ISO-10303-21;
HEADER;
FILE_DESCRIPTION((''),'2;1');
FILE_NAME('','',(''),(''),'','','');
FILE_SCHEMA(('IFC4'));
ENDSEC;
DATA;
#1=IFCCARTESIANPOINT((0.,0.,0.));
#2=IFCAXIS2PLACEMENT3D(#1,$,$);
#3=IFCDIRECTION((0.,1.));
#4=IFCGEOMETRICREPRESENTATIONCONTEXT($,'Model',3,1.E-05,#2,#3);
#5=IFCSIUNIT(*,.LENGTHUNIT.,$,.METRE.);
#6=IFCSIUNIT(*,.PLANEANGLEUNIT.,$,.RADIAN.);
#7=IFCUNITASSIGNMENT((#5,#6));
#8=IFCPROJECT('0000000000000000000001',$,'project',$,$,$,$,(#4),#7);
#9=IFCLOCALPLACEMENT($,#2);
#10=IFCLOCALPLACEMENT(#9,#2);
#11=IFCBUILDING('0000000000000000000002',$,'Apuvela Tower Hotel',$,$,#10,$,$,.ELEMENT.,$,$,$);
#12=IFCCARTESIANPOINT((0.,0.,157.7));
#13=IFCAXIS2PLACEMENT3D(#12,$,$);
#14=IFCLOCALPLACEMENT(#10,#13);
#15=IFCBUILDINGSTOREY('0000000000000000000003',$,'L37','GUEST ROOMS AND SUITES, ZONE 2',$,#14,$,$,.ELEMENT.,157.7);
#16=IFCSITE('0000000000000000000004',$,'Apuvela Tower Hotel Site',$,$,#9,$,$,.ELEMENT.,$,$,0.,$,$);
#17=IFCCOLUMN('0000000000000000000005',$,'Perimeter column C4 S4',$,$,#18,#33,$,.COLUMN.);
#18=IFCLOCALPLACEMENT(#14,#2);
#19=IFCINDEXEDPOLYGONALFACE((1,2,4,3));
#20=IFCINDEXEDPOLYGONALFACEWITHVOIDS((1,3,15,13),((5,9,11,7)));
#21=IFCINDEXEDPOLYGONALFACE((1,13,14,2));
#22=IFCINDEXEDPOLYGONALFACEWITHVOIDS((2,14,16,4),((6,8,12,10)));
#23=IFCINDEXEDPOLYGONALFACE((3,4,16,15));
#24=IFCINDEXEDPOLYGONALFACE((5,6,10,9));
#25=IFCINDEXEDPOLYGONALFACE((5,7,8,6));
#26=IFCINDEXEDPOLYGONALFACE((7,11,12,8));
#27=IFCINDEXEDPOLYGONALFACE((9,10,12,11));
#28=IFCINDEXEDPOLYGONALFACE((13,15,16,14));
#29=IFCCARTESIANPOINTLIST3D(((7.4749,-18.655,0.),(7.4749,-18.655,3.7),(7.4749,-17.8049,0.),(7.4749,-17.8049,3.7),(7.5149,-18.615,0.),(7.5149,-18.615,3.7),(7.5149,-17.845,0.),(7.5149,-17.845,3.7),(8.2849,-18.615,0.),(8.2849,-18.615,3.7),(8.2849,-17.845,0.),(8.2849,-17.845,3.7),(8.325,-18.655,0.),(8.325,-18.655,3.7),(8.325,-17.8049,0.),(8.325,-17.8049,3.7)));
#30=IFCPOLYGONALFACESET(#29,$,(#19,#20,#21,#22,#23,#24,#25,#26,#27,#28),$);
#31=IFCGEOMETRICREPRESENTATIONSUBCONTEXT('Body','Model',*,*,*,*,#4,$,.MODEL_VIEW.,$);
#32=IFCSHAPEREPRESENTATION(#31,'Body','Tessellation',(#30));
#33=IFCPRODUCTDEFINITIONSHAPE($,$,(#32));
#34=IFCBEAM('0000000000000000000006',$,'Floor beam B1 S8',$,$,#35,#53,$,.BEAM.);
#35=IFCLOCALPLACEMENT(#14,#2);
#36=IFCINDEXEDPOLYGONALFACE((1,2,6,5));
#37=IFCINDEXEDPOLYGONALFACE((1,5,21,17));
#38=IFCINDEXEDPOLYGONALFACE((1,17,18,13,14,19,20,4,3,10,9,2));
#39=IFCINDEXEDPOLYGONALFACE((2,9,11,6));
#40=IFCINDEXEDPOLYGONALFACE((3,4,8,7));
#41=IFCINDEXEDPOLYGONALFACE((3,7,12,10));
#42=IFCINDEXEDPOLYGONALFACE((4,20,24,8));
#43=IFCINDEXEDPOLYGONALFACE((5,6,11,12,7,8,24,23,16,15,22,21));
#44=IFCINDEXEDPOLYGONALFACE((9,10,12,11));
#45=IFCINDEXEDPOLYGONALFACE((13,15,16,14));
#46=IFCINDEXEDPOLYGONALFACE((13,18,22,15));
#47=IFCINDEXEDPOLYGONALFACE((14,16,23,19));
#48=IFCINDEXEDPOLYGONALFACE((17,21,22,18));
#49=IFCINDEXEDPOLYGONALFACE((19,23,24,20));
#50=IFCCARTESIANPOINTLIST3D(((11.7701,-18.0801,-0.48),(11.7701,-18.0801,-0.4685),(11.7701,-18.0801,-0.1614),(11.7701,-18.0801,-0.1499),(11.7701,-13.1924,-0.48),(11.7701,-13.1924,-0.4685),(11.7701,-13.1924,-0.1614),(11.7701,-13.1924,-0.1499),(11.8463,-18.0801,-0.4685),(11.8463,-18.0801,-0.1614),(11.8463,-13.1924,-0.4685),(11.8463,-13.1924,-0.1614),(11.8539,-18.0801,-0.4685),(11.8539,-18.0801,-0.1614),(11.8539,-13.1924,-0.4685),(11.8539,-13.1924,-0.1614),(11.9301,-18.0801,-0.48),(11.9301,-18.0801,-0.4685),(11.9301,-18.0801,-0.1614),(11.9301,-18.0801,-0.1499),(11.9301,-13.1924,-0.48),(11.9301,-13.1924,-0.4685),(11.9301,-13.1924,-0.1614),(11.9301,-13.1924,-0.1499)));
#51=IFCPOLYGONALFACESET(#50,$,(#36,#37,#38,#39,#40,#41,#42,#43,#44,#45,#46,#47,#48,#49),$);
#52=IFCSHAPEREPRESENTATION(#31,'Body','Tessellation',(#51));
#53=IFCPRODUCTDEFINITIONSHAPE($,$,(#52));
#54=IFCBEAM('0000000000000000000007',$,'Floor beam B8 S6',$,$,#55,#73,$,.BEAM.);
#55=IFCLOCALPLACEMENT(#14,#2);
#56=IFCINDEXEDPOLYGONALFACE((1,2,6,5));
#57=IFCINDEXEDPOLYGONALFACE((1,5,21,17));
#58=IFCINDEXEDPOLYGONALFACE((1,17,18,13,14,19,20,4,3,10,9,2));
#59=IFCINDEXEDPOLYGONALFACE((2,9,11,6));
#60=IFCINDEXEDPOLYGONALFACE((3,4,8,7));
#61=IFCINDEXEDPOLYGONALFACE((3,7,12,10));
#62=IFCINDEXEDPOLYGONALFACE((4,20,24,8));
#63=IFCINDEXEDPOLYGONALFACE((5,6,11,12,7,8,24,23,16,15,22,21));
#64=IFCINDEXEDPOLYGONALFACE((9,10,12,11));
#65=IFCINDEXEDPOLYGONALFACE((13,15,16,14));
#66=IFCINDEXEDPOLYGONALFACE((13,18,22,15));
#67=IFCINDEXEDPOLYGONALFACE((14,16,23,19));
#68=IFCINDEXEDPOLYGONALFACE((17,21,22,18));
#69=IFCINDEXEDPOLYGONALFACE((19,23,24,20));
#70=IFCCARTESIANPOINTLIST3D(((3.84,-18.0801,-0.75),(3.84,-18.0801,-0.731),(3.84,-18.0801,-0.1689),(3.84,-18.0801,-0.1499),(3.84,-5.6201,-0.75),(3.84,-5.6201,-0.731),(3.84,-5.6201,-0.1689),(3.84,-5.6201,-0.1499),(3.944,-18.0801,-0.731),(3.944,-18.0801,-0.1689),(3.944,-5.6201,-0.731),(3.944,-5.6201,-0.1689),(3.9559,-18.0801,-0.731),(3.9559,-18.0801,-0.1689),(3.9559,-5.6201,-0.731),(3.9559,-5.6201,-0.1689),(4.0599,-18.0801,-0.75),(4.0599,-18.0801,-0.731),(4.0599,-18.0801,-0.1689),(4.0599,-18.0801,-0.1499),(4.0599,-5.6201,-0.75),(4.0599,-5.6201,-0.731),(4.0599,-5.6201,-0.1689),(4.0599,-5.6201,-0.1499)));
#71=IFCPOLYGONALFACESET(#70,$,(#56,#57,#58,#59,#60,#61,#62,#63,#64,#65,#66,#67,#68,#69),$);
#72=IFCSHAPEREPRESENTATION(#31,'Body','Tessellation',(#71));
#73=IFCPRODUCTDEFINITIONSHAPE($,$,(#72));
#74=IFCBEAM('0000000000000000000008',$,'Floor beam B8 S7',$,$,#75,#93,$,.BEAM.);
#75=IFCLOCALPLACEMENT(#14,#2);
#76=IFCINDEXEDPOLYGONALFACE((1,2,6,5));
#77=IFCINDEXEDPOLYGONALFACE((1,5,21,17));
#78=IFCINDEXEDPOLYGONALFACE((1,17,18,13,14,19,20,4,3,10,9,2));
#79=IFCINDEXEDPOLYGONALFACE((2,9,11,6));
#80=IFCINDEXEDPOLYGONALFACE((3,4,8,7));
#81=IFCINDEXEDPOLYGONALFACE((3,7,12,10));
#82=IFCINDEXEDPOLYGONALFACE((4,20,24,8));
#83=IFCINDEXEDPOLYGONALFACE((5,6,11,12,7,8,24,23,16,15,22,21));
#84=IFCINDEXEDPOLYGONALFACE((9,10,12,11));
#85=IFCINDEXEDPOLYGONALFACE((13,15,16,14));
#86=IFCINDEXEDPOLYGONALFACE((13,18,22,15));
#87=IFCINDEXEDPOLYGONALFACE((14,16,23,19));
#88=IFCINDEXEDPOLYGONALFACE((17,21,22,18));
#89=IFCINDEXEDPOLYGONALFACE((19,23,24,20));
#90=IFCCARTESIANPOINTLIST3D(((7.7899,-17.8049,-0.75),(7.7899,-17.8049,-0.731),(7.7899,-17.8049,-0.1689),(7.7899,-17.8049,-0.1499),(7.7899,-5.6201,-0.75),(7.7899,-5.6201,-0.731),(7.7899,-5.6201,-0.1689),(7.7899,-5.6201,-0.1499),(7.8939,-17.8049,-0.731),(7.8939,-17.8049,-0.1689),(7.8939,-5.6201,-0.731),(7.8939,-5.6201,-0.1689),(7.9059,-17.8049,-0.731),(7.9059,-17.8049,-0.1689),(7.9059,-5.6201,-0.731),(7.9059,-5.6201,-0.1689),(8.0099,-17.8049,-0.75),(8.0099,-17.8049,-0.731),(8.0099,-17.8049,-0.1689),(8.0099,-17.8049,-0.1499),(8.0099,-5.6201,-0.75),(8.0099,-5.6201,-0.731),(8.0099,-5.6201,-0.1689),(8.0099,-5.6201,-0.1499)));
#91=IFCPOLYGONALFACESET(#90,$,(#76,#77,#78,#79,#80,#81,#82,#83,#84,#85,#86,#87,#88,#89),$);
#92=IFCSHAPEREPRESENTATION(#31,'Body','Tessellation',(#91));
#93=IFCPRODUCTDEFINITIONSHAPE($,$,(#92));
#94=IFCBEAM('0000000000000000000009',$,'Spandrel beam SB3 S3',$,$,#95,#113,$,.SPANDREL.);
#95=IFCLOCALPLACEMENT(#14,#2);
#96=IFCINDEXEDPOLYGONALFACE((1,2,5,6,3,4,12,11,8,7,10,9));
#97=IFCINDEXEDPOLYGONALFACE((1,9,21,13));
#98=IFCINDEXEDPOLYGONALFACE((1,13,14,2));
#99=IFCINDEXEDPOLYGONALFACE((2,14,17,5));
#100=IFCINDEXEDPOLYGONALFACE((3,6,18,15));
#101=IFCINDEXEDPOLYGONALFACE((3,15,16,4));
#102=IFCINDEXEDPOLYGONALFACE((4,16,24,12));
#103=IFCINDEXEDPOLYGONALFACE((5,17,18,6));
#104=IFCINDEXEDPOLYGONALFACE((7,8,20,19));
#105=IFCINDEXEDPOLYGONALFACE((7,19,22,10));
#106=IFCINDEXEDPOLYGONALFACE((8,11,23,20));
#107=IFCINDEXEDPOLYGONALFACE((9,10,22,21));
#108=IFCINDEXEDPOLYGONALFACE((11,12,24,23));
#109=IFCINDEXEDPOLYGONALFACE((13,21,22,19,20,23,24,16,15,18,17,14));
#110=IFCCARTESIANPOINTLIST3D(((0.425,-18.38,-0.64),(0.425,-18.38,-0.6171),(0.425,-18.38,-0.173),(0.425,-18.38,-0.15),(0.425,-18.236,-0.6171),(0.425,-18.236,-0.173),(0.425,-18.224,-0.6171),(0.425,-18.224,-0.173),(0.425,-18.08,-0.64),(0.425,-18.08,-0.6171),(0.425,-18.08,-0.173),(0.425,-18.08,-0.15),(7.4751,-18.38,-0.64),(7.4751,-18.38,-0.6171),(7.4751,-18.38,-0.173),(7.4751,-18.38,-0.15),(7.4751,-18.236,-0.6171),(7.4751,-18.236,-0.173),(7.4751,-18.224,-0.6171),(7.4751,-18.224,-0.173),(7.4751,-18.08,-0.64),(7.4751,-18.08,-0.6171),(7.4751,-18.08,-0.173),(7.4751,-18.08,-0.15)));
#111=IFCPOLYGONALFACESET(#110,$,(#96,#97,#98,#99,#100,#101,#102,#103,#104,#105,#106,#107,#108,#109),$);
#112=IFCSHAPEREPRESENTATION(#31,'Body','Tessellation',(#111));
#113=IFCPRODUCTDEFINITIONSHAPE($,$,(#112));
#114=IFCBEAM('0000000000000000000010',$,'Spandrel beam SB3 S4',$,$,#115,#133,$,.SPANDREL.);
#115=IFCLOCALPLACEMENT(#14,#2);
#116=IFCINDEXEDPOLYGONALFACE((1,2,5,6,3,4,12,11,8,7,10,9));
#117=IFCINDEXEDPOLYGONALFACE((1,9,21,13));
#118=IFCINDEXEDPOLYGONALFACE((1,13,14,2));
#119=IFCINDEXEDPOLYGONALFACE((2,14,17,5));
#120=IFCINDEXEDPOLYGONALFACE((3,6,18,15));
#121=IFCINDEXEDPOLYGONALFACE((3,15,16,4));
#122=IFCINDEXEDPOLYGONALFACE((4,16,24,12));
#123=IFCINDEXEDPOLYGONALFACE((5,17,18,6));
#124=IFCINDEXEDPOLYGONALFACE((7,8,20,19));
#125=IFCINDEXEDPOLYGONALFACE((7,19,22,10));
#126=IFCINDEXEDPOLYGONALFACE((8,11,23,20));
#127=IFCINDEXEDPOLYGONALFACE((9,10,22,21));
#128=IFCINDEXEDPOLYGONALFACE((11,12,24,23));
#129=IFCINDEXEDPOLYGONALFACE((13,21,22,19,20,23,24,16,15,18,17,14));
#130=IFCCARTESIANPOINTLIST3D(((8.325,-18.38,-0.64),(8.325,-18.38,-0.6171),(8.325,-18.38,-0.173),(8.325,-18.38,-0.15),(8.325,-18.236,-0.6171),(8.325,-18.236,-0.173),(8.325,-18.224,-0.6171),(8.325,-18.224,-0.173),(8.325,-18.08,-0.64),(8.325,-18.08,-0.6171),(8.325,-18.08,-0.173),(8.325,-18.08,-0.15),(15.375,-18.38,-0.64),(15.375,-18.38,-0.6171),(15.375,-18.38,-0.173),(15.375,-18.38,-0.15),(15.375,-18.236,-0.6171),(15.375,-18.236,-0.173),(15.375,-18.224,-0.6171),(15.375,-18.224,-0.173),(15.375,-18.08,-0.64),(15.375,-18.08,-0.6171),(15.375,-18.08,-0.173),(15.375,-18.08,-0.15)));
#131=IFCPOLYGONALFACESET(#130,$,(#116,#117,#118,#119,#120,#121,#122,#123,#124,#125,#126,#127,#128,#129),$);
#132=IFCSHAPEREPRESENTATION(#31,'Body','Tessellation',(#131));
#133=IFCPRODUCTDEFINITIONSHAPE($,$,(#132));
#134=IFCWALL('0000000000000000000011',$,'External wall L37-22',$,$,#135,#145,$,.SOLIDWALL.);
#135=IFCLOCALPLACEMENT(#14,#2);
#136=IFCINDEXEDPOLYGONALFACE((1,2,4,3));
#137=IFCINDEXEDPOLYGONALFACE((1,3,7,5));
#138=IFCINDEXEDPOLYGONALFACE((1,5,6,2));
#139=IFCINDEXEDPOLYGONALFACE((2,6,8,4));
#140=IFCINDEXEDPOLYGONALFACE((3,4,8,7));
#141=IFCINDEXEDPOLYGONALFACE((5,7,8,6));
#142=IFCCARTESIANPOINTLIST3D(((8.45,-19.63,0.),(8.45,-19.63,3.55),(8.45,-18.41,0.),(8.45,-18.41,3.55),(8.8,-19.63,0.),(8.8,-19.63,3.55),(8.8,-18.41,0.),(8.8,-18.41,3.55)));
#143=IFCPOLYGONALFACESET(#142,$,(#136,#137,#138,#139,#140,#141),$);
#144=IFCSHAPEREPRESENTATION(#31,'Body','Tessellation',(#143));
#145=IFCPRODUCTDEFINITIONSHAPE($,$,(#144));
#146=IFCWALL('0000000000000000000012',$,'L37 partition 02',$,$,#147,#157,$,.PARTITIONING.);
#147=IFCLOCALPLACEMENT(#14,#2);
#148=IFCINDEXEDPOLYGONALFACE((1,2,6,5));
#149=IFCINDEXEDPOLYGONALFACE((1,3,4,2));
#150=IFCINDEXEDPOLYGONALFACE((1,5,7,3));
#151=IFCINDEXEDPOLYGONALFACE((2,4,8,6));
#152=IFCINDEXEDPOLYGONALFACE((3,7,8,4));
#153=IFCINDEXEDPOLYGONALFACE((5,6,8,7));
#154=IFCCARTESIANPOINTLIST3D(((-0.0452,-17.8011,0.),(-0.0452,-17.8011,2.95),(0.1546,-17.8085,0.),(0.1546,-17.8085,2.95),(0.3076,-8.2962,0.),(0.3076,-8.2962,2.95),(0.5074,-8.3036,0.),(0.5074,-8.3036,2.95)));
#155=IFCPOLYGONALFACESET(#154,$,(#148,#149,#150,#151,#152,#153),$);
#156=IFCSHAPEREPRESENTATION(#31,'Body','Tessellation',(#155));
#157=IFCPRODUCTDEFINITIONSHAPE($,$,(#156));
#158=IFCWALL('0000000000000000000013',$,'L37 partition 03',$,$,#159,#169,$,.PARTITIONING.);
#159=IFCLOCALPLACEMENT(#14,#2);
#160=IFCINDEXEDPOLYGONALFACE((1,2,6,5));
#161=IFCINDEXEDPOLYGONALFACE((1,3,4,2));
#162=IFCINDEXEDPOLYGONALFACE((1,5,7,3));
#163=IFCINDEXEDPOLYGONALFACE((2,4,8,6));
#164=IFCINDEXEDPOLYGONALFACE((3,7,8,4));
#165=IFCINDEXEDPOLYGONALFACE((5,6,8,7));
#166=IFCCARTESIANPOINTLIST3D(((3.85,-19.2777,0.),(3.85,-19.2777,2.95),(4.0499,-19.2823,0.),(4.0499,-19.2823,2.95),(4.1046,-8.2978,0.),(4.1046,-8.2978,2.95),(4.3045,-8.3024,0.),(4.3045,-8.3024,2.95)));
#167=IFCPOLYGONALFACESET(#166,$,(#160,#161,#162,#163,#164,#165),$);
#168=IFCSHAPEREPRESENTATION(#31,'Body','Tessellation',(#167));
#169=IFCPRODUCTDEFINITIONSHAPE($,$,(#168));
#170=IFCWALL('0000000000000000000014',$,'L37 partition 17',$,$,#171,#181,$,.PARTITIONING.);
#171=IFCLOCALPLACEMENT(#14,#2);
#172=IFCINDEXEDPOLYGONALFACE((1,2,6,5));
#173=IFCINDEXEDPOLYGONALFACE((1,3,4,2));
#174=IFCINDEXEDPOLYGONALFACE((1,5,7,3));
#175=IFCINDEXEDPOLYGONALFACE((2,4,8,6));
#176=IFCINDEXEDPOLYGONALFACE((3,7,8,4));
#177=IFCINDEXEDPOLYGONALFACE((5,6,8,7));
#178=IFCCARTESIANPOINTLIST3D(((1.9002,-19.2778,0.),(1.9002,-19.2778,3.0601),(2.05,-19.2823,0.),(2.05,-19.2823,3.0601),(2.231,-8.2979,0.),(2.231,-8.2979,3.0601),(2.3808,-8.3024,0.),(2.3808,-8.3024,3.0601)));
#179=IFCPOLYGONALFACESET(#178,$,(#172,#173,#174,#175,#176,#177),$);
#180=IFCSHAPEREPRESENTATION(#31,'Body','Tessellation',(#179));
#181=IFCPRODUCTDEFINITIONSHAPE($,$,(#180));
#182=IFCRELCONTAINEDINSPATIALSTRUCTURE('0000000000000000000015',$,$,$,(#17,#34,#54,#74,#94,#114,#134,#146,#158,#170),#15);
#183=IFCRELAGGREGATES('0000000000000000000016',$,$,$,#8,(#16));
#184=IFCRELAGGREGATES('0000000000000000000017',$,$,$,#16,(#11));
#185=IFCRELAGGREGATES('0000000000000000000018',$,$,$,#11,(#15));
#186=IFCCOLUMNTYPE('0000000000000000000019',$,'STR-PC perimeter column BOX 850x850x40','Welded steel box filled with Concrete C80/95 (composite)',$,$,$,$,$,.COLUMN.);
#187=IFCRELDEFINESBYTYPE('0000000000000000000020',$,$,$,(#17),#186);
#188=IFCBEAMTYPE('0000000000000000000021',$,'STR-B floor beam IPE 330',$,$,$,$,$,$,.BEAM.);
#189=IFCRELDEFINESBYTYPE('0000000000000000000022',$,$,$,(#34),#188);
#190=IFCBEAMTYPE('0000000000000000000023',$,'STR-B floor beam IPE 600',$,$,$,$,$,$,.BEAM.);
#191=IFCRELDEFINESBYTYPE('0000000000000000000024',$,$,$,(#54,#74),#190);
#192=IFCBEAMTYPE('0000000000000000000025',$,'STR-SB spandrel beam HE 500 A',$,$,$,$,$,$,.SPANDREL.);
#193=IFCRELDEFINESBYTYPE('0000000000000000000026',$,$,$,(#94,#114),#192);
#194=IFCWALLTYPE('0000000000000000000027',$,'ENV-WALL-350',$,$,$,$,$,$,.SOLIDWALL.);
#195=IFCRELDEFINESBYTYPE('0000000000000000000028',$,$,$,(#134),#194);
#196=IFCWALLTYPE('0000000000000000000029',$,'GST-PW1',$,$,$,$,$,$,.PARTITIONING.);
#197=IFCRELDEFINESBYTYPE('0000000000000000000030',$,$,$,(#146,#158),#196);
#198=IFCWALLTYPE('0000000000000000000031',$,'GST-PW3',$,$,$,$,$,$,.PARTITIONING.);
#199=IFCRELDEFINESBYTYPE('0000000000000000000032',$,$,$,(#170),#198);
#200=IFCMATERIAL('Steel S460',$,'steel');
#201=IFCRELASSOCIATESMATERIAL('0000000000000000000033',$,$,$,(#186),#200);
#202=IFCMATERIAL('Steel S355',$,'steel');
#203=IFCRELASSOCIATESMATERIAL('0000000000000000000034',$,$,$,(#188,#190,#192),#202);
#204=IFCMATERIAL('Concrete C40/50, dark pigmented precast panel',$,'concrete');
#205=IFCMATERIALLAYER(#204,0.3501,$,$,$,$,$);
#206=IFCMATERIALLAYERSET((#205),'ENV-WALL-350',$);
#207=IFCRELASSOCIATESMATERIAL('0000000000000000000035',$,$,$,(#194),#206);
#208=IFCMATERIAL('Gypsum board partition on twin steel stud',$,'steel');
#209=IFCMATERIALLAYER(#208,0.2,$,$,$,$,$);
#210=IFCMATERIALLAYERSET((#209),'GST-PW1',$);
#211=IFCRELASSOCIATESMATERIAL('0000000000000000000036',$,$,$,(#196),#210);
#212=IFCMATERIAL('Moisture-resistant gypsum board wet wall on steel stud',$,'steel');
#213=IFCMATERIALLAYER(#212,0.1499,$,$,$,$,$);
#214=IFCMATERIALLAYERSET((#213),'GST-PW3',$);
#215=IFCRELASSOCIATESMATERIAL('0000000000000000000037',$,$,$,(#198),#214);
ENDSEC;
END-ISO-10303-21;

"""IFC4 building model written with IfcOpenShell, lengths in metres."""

from ifc_helpers import new_model, si_unit, direction, frame, frame_2d, origin, origin_2d, place, context, subcontext, project, spatial, rectangle, hollow_rectangle, i_section, extrude, material, layer, layer_set, material_profile, profile_set, type_object, element, save


model = new_model("IFC4")

# Units and contexts
model_context = context("Model", 3, precision=1e-05, world=origin(), true_north=direction((0.0, 1.0)))
body_context = subcontext(model_context, "Body", "Model", "MODEL_VIEW")
ifc_project = project(units=[si_unit("LENGTHUNIT", "METRE"), si_unit("PLANEANGLEUNIT", "RADIAN")], contexts=[model_context])

# Site, building, storey
site_placement = place(None, origin())
site = spatial("IfcSite", under=ifc_project, at=site_placement, Name="Apuvela Tower Hotel Site", CompositionType="ELEMENT", RefElevation=0.0)
building_placement = place(site_placement, origin())
building = spatial("IfcBuilding", under=site, at=building_placement, Name="Apuvela Tower Hotel", CompositionType="ELEMENT")
storey_placement = place(building_placement, frame((0.0, 0.0, 157.7)))
storey = spatial("IfcBuildingStorey", under=building, at=storey_placement, Name="L37", Description="GUEST ROOMS AND SUITES, ZONE 2", CompositionType="ELEMENT", Elevation=157.7)

# Column
ifc_material_1 = material(Name="Steel S460", Category="steel")
ifc_material_profile_1 = material_profile(ifc_material_1, hollow_rectangle(XDim=0.8501, YDim=0.8501, WallThickness=0.04, at=origin_2d()), Name="BOX 850x850x40")
ifc_material_2 = material(Name="Concrete C80/95", Category="concrete")
ifc_material_profile_2 = material_profile(ifc_material_2, rectangle(XDim=0.77, YDim=0.77, at=origin_2d()), Name="Concrete C80/95 infill")
ifc_profile_set_1 = profile_set([ifc_material_profile_1, ifc_material_profile_2], Name="Steel S460")
column_type = type_object("IfcColumnType", Name="STR-PC perimeter column BOX 850x850x40", Description="Welded steel box filled with Concrete C80/95 (composite)", PredefinedType="COLUMN", material=ifc_profile_set_1)
column_placement = place(storey_placement, frame((7.8999, -18.23, 0.0), z_axis=(0.0, 0.0, 1.0), x_axis=(-1.0, 0.0, 0.0)))
element("IfcColumn", 1, at=column_placement, inside=storey, type_object=column_type, Name="Perimeter column C4 S4", PredefinedType="COLUMN", context=body_context, shape_type="SweptSolid", body=[
    extrude(hollow_rectangle(XDim=0.8501, YDim=0.8501, WallThickness=0.04, at=origin_2d()), origin(), (0.0, 0.0, 1.0), 3.7),
])

# Beams
ifc_material_3 = material(Name="Steel S355", Category="steel")
ifc_material_profile_3 = material_profile(ifc_material_3, i_section(OverallWidth=0.1599, OverallDepth=0.3301, WebThickness=0.0076, FlangeThickness=0.0115, at=origin_2d()), Name="IPE 330")
ifc_profile_set_2 = profile_set([ifc_material_profile_3], Name="Steel S355")
beam_type_1 = type_object("IfcBeamType", Name="STR-B floor beam IPE 330", PredefinedType="BEAM", material=ifc_profile_set_2)
beam_1_placement = place(storey_placement, frame((11.8501, -18.0801, -0.3149), z_axis=(0.0, 1.0, 0.0), x_axis=(-1.0, 0.0, 0.0)))
element("IfcBeam", 2, at=beam_1_placement, inside=storey, type_object=beam_type_1, Name="Floor beam B1 S8", PredefinedType="BEAM", context=body_context, shape_type="SweptSolid", body=[
    extrude(i_section(OverallWidth=0.1599, OverallDepth=0.3301, WebThickness=0.0076, FlangeThickness=0.0115, at=origin_2d()), origin(), (0.0, 0.0, 1.0), 4.8877),
])
ifc_material_profile_4 = material_profile(ifc_material_3, i_section(OverallWidth=0.22, OverallDepth=0.6001, WebThickness=0.012, FlangeThickness=0.019, at=origin_2d()), Name="IPE 600")
ifc_profile_set_3 = profile_set([ifc_material_profile_4], Name="Steel S355")
beam_type_2 = type_object("IfcBeamType", Name="STR-B floor beam IPE 600", PredefinedType="BEAM", material=ifc_profile_set_3)
beam_2_placement = place(storey_placement, frame((3.95, -18.0801, -0.45), z_axis=(0.0, 1.0, 0.0), x_axis=(-1.0, 0.0, 0.0)))
element("IfcBeam", 3, at=beam_2_placement, inside=storey, type_object=beam_type_2, Name="Floor beam B8 S6", PredefinedType="BEAM", context=body_context, shape_type="SweptSolid", body=[
    extrude(i_section(OverallWidth=0.22, OverallDepth=0.6001, WebThickness=0.012, FlangeThickness=0.019, at=origin_2d()), origin(), (0.0, 0.0, 1.0), 12.46),
])
beam_3_placement = place(storey_placement, frame((7.8999, -17.8049, -0.45), z_axis=(0.0, 1.0, 0.0), x_axis=(-1.0, 0.0, 0.0)))
element("IfcBeam", 4, at=beam_3_placement, inside=storey, type_object=beam_type_2, Name="Floor beam B8 S7", PredefinedType="BEAM", context=body_context, shape_type="SweptSolid", body=[
    extrude(i_section(OverallWidth=0.22, OverallDepth=0.6001, WebThickness=0.012, FlangeThickness=0.019, at=origin_2d()), origin(), (0.0, 0.0, 1.0), 12.1848),
])
ifc_material_profile_5 = material_profile(ifc_material_3, i_section(OverallWidth=0.3, OverallDepth=0.49, WebThickness=0.012, FlangeThickness=0.0229, at=origin_2d()), Name="HE 500 A")
ifc_profile_set_4 = profile_set([ifc_material_profile_5], Name="Steel S355")
beam_type_3 = type_object("IfcBeamType", Name="STR-SB spandrel beam HE 500 A", PredefinedType="SPANDREL", material=ifc_profile_set_4)
for number, where, z_axis, x_axis, name in (
    (5, (0.425, -18.23, -0.395), (1.0, 0.0, 0.0), (0.0, 1.0, 0.0), "Spandrel beam SB3 S3"),
    (6, (8.325, -18.23, -0.395), (1.0, 0.0, 0.0), (0.0, 1.0, 0.0), "Spandrel beam SB3 S4"),
):
    element("IfcBeam", number, at=place(storey_placement, frame(where, z_axis=z_axis, x_axis=x_axis)), inside=storey, type_object=beam_type_3, Name=name, PredefinedType="SPANDREL", context=body_context, shape_type="SweptSolid", body=[
        extrude(i_section(OverallWidth=0.3, OverallDepth=0.49, WebThickness=0.012, FlangeThickness=0.0229, at=origin_2d()), origin(), (0.0, 0.0, 1.0), 7.05),
    ])

# Wall
ifc_material_4 = material(Name="Concrete C40/50, dark pigmented precast panel", Category="concrete")
ifc_layer_1 = layer(ifc_material_4, 0.3501)
ifc_layer_set_1 = layer_set([ifc_layer_1], Name="ENV-WALL-350")
wall_type_1 = type_object("IfcWallType", Name="ENV-WALL-350", PredefinedType="SOLIDWALL", material=ifc_layer_set_1)
wall_1_placement = place(storey_placement, frame((8.625, -19.6299, 0.0), z_axis=(0.0, 0.0, 1.0), x_axis=(0.0, 1.0, 0.0)))
element("IfcWall", 7, at=wall_1_placement, inside=storey, type_object=wall_type_1, Name="External wall L37-22", PredefinedType="SOLIDWALL", context=body_context, shape_type="SweptSolid", body=[
    extrude(rectangle(XDim=1.22, YDim=0.3501, at=frame_2d((0.6099, 0.0))), origin(), (0.0, 0.0, 1.0), 3.55),
])

# Walls
ifc_material_5 = material(Name="Gypsum board partition on twin steel stud", Category="steel")
ifc_layer_2 = layer(ifc_material_5, 0.2)
ifc_layer_set_2 = layer_set([ifc_layer_2], Name="GST-PW1")
wall_type_2 = type_object("IfcWallType", Name="GST-PW1", PredefinedType="PARTITIONING", material=ifc_layer_set_2)
wall_2_placement = place(storey_placement, frame((0.0547, -17.8049, 0.0), z_axis=(0.0, 0.0, 1.0), x_axis=(0.03709, 0.999312, 0.0)))
element("IfcWall", 8, at=wall_2_placement, inside=storey, type_object=wall_type_2, Name="L37 partition 02", PredefinedType="PARTITIONING", context=body_context, shape_type="SweptSolid", body=[
    extrude(rectangle(XDim=9.5115, YDim=0.2, at=frame_2d((4.7559, 0.0))), origin(), (0.0, 0.0, 1.0), 2.95),
])
wall_3_placement = place(storey_placement, frame((3.95, -19.28, 0.0), z_axis=(0.0, 0.0, 1.0), x_axis=(0.023185, 0.999731, 0.0)))
element("IfcWall", 9, at=wall_3_placement, inside=storey, type_object=wall_type_2, Name="L37 partition 03", PredefinedType="PARTITIONING", context=body_context, shape_type="SweptSolid", body=[
    extrude(rectangle(XDim=10.9829, YDim=0.2, at=frame_2d((5.4915, 0.0))), origin(), (0.0, 0.0, 1.0), 2.95),
])
ifc_material_6 = material(Name="Moisture-resistant gypsum board wet wall on steel stud", Category="steel")
ifc_layer_3 = layer(ifc_material_6, 0.1499)
ifc_layer_set_3 = layer_set([ifc_layer_3], Name="GST-PW3")
wall_type_3 = type_object("IfcWallType", Name="GST-PW3", PredefinedType="PARTITIONING", material=ifc_layer_set_3)
wall_4_placement = place(storey_placement, frame((1.9751, -19.28, 0.0), z_axis=(0.0, 0.0, 1.0), x_axis=(0.030115, 0.999546, 0.0)))
element("IfcWall", 10, at=wall_4_placement, inside=storey, type_object=wall_type_3, Name="L37 partition 17", PredefinedType="PARTITIONING", context=body_context, shape_type="SweptSolid", body=[
    extrude(rectangle(XDim=10.9849, YDim=0.1499, at=frame_2d((5.4924, 0.0))), origin(), (0.0, 0.0, 1.0), 3.0601),
])

save(model, "model.ifc")
